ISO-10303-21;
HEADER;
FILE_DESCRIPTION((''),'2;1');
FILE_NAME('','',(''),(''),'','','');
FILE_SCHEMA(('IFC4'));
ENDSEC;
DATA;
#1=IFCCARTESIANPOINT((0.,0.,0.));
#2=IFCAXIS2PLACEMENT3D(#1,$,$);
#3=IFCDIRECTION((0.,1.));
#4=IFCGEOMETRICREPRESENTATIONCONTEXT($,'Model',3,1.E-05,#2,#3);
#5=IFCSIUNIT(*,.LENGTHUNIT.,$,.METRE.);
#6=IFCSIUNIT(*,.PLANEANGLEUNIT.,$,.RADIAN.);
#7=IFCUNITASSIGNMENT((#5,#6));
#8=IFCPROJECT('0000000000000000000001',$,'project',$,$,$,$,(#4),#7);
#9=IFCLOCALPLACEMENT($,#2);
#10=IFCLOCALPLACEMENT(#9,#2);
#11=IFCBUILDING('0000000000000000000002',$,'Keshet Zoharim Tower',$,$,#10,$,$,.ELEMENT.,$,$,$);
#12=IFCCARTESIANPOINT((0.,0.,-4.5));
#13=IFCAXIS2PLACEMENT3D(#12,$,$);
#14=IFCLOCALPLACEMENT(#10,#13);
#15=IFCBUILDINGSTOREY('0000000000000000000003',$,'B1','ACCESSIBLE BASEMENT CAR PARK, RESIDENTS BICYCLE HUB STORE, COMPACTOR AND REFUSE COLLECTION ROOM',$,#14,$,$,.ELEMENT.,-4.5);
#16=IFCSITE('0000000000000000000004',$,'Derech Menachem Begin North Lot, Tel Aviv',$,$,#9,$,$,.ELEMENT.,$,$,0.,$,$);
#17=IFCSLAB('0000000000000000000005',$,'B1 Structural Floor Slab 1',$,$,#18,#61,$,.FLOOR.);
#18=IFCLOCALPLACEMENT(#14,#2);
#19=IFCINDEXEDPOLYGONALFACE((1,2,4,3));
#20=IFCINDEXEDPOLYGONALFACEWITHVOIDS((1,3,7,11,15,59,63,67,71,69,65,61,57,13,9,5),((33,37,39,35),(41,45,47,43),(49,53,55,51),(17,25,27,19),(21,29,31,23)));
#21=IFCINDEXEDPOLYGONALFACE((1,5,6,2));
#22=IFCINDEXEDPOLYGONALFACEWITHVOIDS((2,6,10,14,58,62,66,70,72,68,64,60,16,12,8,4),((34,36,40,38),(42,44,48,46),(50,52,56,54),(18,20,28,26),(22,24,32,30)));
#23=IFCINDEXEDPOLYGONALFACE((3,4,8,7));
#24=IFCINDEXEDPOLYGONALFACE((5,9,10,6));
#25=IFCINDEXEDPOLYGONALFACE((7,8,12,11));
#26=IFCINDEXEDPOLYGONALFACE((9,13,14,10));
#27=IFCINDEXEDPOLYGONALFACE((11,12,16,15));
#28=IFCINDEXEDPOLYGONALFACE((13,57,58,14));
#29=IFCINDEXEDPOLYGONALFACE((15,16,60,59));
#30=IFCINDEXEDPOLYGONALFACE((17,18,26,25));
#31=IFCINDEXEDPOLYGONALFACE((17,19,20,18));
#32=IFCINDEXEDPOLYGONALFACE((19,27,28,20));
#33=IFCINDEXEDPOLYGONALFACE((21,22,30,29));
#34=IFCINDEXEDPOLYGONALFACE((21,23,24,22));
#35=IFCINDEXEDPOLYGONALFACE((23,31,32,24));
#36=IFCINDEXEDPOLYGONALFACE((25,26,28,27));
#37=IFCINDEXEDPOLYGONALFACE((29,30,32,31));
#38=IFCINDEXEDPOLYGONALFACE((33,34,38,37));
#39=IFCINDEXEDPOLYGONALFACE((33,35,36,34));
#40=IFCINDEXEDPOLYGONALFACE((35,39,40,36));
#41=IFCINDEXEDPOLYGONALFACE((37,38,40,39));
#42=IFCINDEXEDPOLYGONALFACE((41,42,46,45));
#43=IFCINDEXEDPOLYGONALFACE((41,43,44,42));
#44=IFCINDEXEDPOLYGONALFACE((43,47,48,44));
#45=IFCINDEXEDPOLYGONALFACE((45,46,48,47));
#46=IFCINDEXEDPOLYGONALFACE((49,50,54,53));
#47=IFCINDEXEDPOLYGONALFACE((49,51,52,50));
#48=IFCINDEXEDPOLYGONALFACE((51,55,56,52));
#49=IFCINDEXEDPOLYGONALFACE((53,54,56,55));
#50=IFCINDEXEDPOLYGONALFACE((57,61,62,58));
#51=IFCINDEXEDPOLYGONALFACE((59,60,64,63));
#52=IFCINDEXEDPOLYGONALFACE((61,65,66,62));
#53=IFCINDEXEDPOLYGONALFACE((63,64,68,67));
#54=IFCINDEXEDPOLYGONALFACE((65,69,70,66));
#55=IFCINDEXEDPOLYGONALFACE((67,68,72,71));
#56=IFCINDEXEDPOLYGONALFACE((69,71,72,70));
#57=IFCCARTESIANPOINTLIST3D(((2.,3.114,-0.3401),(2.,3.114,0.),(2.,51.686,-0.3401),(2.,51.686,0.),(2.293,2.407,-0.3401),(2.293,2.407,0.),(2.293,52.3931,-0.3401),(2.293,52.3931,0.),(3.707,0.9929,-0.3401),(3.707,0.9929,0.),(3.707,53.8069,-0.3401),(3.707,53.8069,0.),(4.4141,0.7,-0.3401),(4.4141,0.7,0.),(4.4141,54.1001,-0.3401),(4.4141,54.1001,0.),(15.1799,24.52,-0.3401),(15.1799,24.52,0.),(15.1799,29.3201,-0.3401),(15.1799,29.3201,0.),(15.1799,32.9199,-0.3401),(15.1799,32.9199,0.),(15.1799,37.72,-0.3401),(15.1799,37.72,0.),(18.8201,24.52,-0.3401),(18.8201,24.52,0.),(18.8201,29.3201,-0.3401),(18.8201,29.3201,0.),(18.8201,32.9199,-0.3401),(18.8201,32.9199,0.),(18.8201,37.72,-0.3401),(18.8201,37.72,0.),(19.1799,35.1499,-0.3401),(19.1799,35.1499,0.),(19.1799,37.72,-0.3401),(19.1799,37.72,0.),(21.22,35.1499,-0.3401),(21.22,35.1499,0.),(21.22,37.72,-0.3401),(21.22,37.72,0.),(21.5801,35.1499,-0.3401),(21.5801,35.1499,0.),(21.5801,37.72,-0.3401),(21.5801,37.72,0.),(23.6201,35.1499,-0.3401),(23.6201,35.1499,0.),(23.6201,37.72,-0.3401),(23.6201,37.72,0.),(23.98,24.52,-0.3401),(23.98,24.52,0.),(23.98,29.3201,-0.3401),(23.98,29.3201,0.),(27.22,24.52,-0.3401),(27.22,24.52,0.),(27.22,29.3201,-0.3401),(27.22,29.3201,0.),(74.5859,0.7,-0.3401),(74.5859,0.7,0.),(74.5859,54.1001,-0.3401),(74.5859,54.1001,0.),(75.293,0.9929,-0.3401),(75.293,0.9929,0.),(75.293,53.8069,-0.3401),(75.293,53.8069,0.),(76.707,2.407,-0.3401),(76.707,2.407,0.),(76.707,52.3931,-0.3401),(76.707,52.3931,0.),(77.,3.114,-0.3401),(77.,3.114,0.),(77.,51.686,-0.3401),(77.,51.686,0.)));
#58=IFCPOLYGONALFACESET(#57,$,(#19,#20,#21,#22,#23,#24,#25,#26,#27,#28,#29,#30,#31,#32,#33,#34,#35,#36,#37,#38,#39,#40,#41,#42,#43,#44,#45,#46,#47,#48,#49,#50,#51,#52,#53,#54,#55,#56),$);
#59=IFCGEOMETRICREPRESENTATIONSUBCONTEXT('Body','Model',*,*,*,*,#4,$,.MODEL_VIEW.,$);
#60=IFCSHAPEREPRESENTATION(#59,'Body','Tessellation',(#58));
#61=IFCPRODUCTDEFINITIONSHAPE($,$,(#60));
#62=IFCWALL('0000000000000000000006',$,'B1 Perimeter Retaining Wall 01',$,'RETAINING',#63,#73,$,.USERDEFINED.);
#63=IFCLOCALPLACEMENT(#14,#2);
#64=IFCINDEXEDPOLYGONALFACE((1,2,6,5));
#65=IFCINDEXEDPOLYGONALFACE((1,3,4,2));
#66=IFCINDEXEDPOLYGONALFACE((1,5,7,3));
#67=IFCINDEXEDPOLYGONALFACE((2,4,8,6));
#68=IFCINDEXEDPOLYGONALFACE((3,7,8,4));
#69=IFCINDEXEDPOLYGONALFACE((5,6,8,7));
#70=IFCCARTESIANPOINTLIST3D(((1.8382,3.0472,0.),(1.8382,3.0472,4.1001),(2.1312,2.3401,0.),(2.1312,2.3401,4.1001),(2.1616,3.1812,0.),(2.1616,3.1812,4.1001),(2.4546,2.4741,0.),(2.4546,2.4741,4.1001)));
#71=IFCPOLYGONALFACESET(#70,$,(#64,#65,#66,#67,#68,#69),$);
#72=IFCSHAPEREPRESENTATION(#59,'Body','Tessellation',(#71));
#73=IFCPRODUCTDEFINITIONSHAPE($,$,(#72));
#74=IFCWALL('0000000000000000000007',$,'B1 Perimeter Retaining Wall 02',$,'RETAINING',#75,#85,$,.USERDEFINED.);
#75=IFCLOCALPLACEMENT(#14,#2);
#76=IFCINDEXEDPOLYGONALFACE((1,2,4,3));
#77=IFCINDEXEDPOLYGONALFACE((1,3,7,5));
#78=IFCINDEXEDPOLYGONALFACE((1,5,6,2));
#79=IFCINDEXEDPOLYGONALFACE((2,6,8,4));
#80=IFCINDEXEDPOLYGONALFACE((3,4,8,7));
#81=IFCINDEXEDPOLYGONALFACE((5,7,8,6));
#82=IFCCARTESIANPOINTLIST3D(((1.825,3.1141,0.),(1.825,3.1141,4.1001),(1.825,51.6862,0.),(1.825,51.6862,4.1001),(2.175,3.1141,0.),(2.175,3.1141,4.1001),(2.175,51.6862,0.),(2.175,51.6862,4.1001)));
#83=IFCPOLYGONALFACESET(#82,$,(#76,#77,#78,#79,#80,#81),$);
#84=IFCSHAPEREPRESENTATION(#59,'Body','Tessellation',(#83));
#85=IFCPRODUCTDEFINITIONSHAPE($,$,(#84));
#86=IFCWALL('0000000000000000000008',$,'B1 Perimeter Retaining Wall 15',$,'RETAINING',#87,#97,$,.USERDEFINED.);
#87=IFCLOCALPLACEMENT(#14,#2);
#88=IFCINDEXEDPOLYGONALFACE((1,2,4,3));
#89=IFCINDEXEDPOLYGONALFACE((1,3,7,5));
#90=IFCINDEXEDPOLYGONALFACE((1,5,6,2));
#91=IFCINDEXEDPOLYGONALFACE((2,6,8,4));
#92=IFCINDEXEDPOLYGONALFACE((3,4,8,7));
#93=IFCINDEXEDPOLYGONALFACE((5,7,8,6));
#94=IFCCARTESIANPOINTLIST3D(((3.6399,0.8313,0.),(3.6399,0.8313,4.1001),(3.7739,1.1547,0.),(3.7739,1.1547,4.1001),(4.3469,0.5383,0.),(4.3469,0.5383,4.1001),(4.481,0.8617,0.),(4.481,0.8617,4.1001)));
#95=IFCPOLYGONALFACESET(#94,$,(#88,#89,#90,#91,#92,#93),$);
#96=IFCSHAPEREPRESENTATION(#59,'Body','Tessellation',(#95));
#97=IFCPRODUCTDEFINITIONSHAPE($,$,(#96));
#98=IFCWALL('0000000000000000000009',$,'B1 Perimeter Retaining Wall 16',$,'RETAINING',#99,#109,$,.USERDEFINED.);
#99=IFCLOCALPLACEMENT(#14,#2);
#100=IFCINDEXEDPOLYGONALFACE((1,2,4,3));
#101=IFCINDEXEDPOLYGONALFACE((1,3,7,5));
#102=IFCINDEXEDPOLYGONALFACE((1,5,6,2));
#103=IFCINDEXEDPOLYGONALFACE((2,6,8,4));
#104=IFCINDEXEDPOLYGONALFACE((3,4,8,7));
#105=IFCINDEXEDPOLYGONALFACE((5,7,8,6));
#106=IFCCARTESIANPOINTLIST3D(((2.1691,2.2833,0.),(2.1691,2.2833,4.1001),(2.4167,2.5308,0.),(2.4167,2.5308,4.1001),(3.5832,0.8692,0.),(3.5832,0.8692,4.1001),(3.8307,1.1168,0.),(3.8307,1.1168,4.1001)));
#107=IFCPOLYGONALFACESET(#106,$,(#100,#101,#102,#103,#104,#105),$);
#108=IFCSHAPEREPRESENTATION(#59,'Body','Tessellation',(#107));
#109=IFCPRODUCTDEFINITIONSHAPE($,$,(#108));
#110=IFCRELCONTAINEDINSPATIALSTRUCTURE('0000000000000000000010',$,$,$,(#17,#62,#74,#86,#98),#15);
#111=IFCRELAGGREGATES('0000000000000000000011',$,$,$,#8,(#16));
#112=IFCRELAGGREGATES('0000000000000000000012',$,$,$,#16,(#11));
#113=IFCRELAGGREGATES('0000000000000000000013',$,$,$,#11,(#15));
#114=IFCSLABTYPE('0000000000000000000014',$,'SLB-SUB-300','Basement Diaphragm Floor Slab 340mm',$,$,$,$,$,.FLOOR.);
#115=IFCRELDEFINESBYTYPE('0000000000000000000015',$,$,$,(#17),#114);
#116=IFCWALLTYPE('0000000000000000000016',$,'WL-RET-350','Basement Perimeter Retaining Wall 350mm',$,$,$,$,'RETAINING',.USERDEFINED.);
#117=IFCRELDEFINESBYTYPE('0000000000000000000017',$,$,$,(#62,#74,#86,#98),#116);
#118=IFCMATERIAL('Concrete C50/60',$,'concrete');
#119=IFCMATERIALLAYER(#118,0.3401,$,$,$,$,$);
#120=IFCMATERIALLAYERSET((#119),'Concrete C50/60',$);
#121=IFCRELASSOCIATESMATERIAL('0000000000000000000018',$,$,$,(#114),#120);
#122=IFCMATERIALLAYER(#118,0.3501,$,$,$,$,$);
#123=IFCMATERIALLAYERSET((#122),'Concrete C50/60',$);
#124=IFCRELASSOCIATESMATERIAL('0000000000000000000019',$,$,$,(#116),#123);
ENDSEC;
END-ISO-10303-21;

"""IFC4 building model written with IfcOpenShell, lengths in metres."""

from ifc_helpers import new_model, si_unit, direction, frame, frame_2d, origin, place, context, subcontext, project, spatial, polyline, rectangle, outline, extrude, material, layer, layer_set, type_object, element, save


model = new_model("IFC4")

# Units and contexts
model_context = context("Model", 3, precision=1e-05, world=origin(), true_north=direction((0.0, 1.0)))
body_context = subcontext(model_context, "Body", "Model", "MODEL_VIEW")
ifc_project = project(units=[si_unit("LENGTHUNIT", "METRE"), si_unit("PLANEANGLEUNIT", "RADIAN")], contexts=[model_context])

# Site, building, storey
site_placement = place(None, origin())
site = spatial("IfcSite", under=ifc_project, at=site_placement, Name="Derech Menachem Begin North Lot, Tel Aviv", CompositionType="ELEMENT", RefElevation=0.0)
building_placement = place(site_placement, origin())
building = spatial("IfcBuilding", under=site, at=building_placement, Name="Keshet Zoharim Tower", CompositionType="ELEMENT")
storey_placement = place(building_placement, frame((0.0, 0.0, -4.5)))
storey = spatial("IfcBuildingStorey", under=building, at=storey_placement, Name="B1", Description="ACCESSIBLE BASEMENT CAR PARK, RESIDENTS BICYCLE HUB STORE, COMPACTOR AND REFUSE COLLECTION ROOM", CompositionType="ELEMENT", Elevation=-4.5)

# Shared definitions
ifc_material_1 = material(Name="Concrete C50/60", Category="concrete")

# Slab
ifc_layer_1 = layer(ifc_material_1, 0.3401)
ifc_layer_set_1 = layer_set([ifc_layer_1], Name="Concrete C50/60")
slab_type_1 = type_object("IfcSlabType", Name="SLB-SUB-300", Description="Basement Diaphragm Floor Slab 340mm", PredefinedType="FLOOR", material=ifc_layer_set_1)
slab_1_placement = place(storey_placement, frame((0.0, 0.0, -0.3401)))
element("IfcSlab", 1, at=slab_1_placement, inside=storey, type_object=slab_type_1, Name="B1 Structural Floor Slab 1", PredefinedType="FLOOR", context=body_context, shape_type="SweptSolid", body=[
    extrude(outline(polyline([(2.293, 2.407), (2.0, 3.114), (2.0, 51.686), (2.293, 52.3931), (3.707, 53.8069), (4.4141, 54.1001), (74.5859, 54.1001), (75.293, 53.8069), (76.707, 52.3931), (77.0, 51.686), (77.0, 3.114), (76.707, 2.407), (75.293, 0.9929), (74.5859, 0.7), (4.4141, 0.7), (3.707, 0.9929), (2.293, 2.407)]), holes=[polyline([(15.1799, 24.52), (18.8201, 24.52), (18.8201, 29.3201), (15.1799, 29.3201), (15.1799, 24.52)]), polyline([(15.1799, 32.9199), (18.8201, 32.9199), (18.8201, 37.72), (15.1799, 37.72), (15.1799, 32.9199)]), polyline([(23.98, 24.52), (27.22, 24.52), (27.22, 29.3201), (23.98, 29.3201), (23.98, 24.52)]), polyline([(19.1799, 35.1499), (21.22, 35.1499), (21.22, 37.72), (19.1799, 37.72), (19.1799, 35.1499)]), polyline([(21.5801, 35.1499), (23.6201, 35.1499), (23.6201, 37.72), (21.5801, 37.72), (21.5801, 35.1499)])]), origin(), (0.0, 0.0, 1.0), 0.3401),
])

# Walls
ifc_layer_2 = layer(ifc_material_1, 0.3501)
ifc_layer_set_2 = layer_set([ifc_layer_2], Name="Concrete C50/60")
wall_type = type_object("IfcWallType", Name="WL-RET-350", Description="Basement Perimeter Retaining Wall 350mm", ElementType="RETAINING", PredefinedType="USERDEFINED", material=ifc_layer_set_2)
wall_1_placement = place(storey_placement, frame((2.293, 2.407, 0.0), z_axis=(0.0, 0.0, 1.0), x_axis=(-0.382803, 0.92383, 0.0)))
element("IfcWall", 2, at=wall_1_placement, inside=storey, type_object=wall_type, Name="B1 Perimeter Retaining Wall 01", ObjectType="RETAINING", PredefinedType="USERDEFINED", context=body_context, shape_type="SweptSolid", body=[
    extrude(rectangle(XDim=0.7654, YDim=0.3501, at=frame_2d((0.3828, 0.0))), origin(), (0.0, 0.0, 1.0), 4.1001),
])
wall_2_placement = place(storey_placement, frame((2.0, 3.114, 0.0), z_axis=(0.0, 0.0, 1.0), x_axis=(0.0, 1.0, 0.0)))
element("IfcWall", 3, at=wall_2_placement, inside=storey, type_object=wall_type, Name="B1 Perimeter Retaining Wall 02", ObjectType="RETAINING", PredefinedType="USERDEFINED", context=body_context, shape_type="SweptSolid", body=[
    extrude(rectangle(XDim=48.572, YDim=0.3501, at=frame_2d((24.2861, 0.0))), origin(), (0.0, 0.0, 1.0), 4.1001),
])
wall_3_placement = place(storey_placement, frame((4.4141, 0.7, 0.0), z_axis=(0.0, 0.0, 1.0), x_axis=(-0.92383, 0.382803, 0.0)))
element("IfcWall", 4, at=wall_3_placement, inside=storey, type_object=wall_type, Name="B1 Perimeter Retaining Wall 15", ObjectType="RETAINING", PredefinedType="USERDEFINED", context=body_context, shape_type="SweptSolid", body=[
    extrude(rectangle(XDim=0.7654, YDim=0.3501, at=frame_2d((0.3828, 0.0))), origin(), (0.0, 0.0, 1.0), 4.1001),
])
wall_4_placement = place(storey_placement, frame((3.707, 0.9929, 0.0), z_axis=(0.0, 0.0, 1.0), x_axis=(-0.707107, 0.707107, 0.0)))
element("IfcWall", 5, at=wall_4_placement, inside=storey, type_object=wall_type, Name="B1 Perimeter Retaining Wall 16", ObjectType="RETAINING", PredefinedType="USERDEFINED", context=body_context, shape_type="SweptSolid", body=[
    extrude(rectangle(XDim=1.9998, YDim=0.3501, at=frame_2d((1.0, 0.0))), origin(), (0.0, 0.0, 1.0), 4.1001),
])

save(model, "model.ifc")
